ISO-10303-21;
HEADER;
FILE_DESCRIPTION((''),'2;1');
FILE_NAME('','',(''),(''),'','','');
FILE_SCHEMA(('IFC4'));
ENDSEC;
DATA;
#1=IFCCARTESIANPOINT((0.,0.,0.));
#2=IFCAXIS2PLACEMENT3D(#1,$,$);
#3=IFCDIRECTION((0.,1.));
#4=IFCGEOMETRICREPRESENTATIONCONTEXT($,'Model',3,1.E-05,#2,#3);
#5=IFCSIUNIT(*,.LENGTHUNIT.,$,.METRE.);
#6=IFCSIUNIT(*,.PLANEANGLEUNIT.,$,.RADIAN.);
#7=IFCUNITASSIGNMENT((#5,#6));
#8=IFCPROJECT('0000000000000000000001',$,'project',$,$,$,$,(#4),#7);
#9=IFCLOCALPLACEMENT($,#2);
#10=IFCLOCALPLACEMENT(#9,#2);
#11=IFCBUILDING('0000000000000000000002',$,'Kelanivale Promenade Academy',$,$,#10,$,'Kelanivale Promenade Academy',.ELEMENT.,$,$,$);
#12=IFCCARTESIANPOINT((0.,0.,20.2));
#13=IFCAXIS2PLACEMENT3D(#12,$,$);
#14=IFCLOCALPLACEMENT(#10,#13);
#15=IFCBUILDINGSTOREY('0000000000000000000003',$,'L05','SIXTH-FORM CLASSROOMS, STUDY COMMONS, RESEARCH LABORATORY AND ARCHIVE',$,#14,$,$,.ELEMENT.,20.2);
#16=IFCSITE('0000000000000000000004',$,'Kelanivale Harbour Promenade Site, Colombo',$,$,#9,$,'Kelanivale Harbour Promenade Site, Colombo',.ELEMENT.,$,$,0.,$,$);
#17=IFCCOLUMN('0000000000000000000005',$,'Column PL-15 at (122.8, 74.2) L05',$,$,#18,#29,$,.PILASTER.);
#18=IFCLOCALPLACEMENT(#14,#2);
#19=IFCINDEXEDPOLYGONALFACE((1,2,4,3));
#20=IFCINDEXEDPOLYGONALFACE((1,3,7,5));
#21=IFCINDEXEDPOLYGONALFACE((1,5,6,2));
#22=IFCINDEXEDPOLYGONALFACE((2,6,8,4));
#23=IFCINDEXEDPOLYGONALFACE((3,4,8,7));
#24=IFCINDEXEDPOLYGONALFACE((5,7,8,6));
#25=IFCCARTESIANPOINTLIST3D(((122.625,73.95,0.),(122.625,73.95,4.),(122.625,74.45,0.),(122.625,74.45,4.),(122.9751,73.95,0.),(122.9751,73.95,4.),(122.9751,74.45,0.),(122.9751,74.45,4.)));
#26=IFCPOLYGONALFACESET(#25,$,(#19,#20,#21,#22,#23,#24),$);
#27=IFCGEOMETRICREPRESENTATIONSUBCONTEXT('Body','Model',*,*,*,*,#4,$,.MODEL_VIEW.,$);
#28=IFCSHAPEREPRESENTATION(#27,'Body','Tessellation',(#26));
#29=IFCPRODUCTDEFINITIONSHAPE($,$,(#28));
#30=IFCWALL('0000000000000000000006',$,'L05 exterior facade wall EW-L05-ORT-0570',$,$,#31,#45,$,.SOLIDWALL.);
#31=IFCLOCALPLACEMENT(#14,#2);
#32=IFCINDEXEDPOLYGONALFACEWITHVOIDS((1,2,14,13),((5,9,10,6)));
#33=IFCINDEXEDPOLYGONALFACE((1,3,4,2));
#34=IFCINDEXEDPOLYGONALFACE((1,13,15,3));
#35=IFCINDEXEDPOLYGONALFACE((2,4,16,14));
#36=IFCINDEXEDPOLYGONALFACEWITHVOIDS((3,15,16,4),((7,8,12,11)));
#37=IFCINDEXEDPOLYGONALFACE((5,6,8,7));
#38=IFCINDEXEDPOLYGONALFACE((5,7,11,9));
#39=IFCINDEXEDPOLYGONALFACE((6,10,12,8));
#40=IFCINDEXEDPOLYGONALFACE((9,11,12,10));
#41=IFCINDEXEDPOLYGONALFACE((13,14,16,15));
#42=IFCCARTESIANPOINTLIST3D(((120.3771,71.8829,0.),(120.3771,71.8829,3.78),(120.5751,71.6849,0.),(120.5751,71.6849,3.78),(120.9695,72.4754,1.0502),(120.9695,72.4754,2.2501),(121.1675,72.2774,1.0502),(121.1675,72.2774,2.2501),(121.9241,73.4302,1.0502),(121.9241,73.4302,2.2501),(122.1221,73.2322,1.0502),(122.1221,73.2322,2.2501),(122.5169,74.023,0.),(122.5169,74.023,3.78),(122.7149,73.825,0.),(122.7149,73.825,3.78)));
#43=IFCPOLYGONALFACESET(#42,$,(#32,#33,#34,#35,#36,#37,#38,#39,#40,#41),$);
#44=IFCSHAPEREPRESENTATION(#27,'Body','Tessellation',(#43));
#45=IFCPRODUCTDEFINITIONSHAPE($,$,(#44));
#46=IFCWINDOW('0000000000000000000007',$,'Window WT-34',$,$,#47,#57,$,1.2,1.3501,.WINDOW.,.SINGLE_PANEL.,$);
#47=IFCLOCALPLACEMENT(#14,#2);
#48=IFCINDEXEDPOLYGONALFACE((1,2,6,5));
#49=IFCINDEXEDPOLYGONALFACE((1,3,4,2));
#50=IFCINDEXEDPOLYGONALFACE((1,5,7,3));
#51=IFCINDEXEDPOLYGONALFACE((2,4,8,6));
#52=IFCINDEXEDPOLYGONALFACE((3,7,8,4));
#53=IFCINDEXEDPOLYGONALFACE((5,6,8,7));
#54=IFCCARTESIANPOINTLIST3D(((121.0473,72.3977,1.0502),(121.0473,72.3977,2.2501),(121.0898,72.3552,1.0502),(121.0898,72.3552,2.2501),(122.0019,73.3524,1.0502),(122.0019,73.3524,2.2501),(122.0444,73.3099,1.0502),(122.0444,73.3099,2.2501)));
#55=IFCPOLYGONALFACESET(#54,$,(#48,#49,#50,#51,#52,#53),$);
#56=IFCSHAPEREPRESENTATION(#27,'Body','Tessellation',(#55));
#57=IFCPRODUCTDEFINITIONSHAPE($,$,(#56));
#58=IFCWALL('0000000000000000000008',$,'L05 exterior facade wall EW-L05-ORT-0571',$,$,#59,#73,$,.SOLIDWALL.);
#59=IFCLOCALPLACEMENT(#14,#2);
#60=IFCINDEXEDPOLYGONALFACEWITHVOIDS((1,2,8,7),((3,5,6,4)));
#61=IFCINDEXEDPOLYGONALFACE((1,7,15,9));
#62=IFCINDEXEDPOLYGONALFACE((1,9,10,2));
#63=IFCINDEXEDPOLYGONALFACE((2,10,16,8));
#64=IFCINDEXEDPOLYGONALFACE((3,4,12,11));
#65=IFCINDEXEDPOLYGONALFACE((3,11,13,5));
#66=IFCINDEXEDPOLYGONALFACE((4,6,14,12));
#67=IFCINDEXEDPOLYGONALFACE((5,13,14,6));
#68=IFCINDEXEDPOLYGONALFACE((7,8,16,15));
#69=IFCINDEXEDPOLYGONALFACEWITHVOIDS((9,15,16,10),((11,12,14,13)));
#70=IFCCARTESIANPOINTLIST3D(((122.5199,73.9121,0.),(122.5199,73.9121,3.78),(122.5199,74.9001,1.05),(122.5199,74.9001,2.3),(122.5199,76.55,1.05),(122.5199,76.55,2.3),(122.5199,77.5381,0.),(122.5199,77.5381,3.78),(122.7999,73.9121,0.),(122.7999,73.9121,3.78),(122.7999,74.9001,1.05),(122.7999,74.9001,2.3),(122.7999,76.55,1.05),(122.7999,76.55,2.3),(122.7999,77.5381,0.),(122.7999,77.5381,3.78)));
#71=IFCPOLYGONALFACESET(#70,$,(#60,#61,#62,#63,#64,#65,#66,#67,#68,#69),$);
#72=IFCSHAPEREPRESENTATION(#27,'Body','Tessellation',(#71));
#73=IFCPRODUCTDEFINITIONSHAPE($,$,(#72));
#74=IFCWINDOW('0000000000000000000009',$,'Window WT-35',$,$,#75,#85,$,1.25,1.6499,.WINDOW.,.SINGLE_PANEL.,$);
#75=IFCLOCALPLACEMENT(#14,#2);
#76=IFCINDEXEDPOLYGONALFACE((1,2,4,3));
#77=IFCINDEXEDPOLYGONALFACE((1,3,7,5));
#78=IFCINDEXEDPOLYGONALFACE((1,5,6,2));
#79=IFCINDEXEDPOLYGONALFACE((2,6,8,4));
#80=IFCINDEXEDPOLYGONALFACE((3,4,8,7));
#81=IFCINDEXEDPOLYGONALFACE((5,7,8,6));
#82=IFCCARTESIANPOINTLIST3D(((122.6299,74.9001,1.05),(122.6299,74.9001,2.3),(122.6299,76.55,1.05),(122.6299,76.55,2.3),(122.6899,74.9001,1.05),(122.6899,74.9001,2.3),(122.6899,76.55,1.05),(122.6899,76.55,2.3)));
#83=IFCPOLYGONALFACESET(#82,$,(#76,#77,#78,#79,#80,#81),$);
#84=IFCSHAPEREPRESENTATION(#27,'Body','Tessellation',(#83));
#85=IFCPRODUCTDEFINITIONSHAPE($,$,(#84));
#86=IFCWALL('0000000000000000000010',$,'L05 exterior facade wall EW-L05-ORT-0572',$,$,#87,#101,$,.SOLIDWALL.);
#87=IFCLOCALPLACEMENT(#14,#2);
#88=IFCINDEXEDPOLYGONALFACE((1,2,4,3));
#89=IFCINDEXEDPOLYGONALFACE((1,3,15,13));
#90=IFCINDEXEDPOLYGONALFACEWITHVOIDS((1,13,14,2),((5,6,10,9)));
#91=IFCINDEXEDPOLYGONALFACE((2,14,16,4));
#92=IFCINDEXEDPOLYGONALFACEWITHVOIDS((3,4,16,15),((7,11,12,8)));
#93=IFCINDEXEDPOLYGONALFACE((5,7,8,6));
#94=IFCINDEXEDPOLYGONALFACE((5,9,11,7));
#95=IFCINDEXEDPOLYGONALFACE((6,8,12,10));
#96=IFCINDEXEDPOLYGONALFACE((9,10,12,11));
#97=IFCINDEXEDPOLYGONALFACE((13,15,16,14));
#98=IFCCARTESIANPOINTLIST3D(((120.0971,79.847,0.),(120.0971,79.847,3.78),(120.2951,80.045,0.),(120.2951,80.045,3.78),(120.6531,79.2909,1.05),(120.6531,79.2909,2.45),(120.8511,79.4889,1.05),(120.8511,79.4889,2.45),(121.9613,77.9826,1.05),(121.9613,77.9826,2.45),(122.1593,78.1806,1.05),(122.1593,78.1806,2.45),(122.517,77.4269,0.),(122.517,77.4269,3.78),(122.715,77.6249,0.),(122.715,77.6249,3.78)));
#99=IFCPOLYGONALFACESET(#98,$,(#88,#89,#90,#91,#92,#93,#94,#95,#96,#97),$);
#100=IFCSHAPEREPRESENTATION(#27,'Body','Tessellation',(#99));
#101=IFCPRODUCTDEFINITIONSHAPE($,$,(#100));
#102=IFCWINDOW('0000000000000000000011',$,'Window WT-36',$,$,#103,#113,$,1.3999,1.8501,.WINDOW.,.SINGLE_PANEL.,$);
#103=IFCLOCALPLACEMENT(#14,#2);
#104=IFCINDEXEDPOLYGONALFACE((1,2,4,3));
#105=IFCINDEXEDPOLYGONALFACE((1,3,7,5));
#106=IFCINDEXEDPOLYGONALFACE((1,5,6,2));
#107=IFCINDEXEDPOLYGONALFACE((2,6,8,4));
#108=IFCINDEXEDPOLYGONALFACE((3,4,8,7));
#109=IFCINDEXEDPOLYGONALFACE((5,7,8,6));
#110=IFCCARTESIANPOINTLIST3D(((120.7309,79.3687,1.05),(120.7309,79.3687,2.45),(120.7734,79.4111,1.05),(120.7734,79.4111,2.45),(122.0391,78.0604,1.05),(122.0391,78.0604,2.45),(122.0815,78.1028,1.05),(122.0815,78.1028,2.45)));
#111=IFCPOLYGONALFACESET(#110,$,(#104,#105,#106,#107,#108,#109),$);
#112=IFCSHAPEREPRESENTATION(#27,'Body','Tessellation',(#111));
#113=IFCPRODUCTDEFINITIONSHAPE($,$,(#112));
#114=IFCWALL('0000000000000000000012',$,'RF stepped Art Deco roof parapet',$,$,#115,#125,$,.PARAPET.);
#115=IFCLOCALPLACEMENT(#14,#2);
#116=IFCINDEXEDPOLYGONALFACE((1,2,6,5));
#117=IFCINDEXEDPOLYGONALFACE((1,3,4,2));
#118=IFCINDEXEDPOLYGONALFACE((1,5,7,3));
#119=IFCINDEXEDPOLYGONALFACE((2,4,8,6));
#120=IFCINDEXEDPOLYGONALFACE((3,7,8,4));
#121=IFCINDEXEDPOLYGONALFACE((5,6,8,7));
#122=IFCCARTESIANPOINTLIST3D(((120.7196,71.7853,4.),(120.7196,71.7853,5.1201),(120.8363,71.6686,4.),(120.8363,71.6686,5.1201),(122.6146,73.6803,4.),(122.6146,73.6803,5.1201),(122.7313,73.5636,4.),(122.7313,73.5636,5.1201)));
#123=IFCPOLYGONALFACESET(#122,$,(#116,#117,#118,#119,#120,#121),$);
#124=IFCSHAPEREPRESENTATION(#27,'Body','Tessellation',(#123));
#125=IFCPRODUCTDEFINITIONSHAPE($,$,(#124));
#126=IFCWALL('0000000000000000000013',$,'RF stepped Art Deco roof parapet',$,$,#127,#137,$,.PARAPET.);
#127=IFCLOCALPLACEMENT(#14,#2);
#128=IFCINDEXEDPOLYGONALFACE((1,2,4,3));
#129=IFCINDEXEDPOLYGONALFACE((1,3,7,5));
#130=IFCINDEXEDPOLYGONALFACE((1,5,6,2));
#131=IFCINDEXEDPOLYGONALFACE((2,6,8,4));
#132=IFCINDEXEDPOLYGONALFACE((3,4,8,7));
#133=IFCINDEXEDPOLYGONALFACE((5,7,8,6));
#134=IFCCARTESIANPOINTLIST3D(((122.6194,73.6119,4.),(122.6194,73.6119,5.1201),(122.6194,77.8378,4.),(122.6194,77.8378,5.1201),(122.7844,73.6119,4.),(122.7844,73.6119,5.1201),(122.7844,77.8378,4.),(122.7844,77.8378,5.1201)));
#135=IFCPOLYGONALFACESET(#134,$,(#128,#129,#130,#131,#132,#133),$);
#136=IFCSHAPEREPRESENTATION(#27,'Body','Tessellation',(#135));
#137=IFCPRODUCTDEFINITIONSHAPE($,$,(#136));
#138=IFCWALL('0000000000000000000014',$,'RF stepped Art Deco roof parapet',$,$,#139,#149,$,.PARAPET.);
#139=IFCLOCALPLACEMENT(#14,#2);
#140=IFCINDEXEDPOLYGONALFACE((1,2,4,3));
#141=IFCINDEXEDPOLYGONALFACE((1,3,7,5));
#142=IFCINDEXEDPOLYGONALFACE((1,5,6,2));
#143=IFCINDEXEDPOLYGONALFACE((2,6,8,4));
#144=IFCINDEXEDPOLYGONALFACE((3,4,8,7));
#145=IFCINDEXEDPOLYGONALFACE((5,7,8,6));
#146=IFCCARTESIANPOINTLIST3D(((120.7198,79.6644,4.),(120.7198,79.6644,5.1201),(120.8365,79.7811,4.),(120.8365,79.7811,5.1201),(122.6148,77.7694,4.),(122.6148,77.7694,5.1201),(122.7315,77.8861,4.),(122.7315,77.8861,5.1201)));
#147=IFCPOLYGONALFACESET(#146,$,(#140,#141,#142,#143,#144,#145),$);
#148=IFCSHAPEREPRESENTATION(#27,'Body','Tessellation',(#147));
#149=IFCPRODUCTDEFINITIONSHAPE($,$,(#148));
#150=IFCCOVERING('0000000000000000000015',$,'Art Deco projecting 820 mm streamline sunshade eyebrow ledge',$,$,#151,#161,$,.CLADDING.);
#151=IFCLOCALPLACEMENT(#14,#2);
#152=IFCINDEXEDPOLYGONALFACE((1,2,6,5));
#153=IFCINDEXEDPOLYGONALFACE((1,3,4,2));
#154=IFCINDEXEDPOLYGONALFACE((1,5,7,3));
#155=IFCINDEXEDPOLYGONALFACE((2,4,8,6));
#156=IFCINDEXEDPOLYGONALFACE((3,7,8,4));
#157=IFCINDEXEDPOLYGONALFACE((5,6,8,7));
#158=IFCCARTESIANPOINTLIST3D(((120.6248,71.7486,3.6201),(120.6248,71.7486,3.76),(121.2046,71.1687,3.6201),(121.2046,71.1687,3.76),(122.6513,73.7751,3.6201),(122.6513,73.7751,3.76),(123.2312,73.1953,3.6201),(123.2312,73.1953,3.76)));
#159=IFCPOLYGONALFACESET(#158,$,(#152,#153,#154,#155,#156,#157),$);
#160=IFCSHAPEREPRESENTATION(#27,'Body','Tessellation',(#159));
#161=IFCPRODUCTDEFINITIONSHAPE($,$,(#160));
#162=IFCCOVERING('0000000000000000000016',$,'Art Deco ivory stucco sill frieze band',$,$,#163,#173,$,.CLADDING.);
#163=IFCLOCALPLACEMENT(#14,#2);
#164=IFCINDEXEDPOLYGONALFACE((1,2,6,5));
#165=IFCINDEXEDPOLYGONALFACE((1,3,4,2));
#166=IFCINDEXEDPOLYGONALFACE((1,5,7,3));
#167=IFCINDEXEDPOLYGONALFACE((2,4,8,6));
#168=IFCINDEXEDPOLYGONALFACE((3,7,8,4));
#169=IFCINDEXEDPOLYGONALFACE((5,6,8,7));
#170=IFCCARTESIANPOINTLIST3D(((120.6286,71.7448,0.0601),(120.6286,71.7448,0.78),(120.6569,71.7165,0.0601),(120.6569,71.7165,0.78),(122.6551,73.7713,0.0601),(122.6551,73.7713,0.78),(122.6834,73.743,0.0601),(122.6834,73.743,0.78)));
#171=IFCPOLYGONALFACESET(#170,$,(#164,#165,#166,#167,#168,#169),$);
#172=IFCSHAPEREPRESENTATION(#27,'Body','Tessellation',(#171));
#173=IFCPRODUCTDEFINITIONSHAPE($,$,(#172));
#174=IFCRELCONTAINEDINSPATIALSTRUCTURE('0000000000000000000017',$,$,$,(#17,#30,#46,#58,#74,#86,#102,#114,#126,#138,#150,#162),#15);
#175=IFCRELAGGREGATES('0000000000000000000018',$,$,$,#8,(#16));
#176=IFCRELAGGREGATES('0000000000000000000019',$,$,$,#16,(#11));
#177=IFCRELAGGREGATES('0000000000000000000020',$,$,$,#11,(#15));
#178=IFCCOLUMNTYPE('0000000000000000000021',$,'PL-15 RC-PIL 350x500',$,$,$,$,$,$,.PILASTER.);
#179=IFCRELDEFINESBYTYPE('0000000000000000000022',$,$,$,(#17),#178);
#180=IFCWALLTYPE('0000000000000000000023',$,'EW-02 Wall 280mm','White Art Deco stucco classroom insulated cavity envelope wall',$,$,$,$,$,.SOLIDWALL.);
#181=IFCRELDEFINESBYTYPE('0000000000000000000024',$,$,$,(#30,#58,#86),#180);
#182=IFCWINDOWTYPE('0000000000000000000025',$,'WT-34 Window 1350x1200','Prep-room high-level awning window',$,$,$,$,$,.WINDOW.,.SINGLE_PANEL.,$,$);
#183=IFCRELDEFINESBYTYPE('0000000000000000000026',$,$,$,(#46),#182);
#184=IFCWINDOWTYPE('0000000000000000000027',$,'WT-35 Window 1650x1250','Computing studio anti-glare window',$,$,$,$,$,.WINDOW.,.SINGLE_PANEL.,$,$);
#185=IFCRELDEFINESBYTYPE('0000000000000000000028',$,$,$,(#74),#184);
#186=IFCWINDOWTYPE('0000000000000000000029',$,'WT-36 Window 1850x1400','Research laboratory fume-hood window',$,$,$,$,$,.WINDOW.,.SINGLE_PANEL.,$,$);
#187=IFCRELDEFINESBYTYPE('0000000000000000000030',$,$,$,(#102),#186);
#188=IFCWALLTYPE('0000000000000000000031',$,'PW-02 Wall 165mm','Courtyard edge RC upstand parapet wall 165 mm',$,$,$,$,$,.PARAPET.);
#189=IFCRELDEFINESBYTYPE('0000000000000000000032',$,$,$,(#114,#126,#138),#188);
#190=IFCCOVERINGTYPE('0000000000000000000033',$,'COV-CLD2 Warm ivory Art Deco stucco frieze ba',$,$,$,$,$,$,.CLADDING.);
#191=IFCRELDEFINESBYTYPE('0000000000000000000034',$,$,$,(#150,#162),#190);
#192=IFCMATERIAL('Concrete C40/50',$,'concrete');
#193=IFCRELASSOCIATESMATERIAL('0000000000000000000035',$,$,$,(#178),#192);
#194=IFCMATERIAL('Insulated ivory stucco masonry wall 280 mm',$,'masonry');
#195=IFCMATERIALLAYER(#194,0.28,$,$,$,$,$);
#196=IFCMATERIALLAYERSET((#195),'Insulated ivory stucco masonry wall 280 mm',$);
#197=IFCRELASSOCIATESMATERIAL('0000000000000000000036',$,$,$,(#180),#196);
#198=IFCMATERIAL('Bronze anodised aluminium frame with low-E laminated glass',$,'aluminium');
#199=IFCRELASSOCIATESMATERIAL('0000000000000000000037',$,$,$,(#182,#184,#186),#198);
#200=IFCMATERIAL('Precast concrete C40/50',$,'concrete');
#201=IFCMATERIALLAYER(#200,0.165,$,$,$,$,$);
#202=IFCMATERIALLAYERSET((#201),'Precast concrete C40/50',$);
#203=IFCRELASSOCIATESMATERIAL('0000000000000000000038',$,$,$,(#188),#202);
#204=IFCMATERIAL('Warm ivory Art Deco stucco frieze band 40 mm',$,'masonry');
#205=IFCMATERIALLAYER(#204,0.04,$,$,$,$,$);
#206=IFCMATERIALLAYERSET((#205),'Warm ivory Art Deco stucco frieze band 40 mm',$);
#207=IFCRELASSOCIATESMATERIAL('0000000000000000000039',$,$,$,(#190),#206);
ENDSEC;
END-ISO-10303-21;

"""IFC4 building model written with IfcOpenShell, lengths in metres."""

from ifc_helpers import new_model, si_unit, direction, frame, frame_2d, origin, origin_2d, place, context, subcontext, project, spatial, rectangle, extrude, material, layer, layer_set, material_profile, profile_set, type_object, element, fill, save


model = new_model("IFC4")

# Units and contexts
model_context = context("Model", 3, precision=1e-05, world=origin(), true_north=direction((0.0, 1.0)))
body_context = subcontext(model_context, "Body", "Model", "MODEL_VIEW")
ifc_project = project(units=[si_unit("LENGTHUNIT", "METRE"), si_unit("PLANEANGLEUNIT", "RADIAN")], contexts=[model_context])

# Site, building, storey
site_placement = place(None, origin())
site = spatial("IfcSite", under=ifc_project, at=site_placement, Name="Kelanivale Harbour Promenade Site, Colombo", LongName="Kelanivale Harbour Promenade Site, Colombo", CompositionType="ELEMENT", RefElevation=0.0)
building_placement = place(site_placement, origin())
building = spatial("IfcBuilding", under=site, at=building_placement, Name="Kelanivale Promenade Academy", LongName="Kelanivale Promenade Academy", CompositionType="ELEMENT")
storey_placement = place(building_placement, frame((0.0, 0.0, 20.2)))
storey = spatial("IfcBuildingStorey", under=building, at=storey_placement, Name="L05", Description="SIXTH-FORM CLASSROOMS, STUDY COMMONS, RESEARCH LABORATORY AND ARCHIVE", CompositionType="ELEMENT", Elevation=20.2)

# Column
ifc_material_1 = material(Name="Concrete C40/50", Category="concrete")
ifc_material_profile = material_profile(ifc_material_1, rectangle(XDim=0.3501, YDim=0.5, at=origin_2d()), Name="RC-PIL 350x500")
ifc_profile_set = profile_set([ifc_material_profile], Name="Concrete C40/50")
column_type = type_object("IfcColumnType", Name="PL-15 RC-PIL 350x500", PredefinedType="PILASTER", material=ifc_profile_set)
column_placement = place(storey_placement, frame((122.8, 74.2, 0.0), z_axis=(0.0, 0.0, 1.0), x_axis=(1.0, 0.0, 0.0)))
element("IfcColumn", 1, at=column_placement, inside=storey, type_object=column_type, Name="Column PL-15 at (122.8, 74.2) L05", PredefinedType="PILASTER", context=body_context, shape_type="SweptSolid", body=[
    extrude(rectangle(XDim=0.3501, YDim=0.5, at=origin_2d()), origin(), (0.0, 0.0, 1.0), 4.0),
])

# Walls, openings, windows
ifc_material_2 = material(Name="Insulated ivory stucco masonry wall 280 mm", Category="masonry")
ifc_layer_1 = layer(ifc_material_2, 0.28)
ifc_layer_set_1 = layer_set([ifc_layer_1], Name="Insulated ivory stucco masonry wall 280 mm")
wall_type_1 = type_object("IfcWallType", Name="EW-02 Wall 280mm", Description="White Art Deco stucco classroom insulated cavity envelope wall", PredefinedType="SOLIDWALL", material=ifc_layer_set_1)
wall_1_placement = place(storey_placement, frame((120.4761, 71.7839, 0.0), z_axis=(0.0, 0.0, 1.0), x_axis=(0.707066, 0.707147, 0.0)))
wall_1 = element("IfcWall", 2, at=wall_1_placement, inside=storey, type_object=wall_type_1, Name="L05 exterior facade wall EW-L05-ORT-0570", PredefinedType="SOLIDWALL", context=body_context, shape_type="SweptSolid", body=[
    extrude(rectangle(XDim=3.0264, YDim=0.28, at=frame_2d((1.5132, 0.0))), origin(), (0.0, 0.0, 1.0), 3.78),
])
opening_1_placement = place(wall_1_placement, frame((0.8379, 0.0, 1.05)))
opening_1 = element("IfcOpeningElement", 3, at=opening_1_placement, cuts=wall_1, PredefinedType="OPENING", context=body_context, shape_type="SweptSolid", body=[
    extrude(rectangle(XDim=1.3501, YDim=1.2, at=frame_2d((0.675, 0.6001))), frame((0.0, 0.1499, 0.0), z_axis=(0.0, -1.0, 0.0), x_axis=(1.0, 0.0, 0.0)), (0.0, 0.0, 1.0), 0.3),
])
ifc_material_3 = material(Name="Bronze anodised aluminium frame with low-E laminated glass", Category="aluminium")
window_type_1 = type_object("IfcWindowType", Name="WT-34 Window 1350x1200", Description="Prep-room high-level awning window", PartitioningType="SINGLE_PANEL", PredefinedType="WINDOW", material=ifc_material_3)
window_1_placement = place(opening_1_placement, origin())
window_1 = element("IfcWindow", 4, at=window_1_placement, inside=storey, type_object=window_type_1, Name="Window WT-34", OverallHeight=1.2, OverallWidth=1.3501, PartitioningType="SINGLE_PANEL", PredefinedType="WINDOW", context=body_context, shape_type="SweptSolid", body=[
    extrude(rectangle(XDim=1.3501, YDim=1.2, at=frame_2d((0.675, 0.6001))), frame((0.0, 0.03, 0.0), z_axis=(0.0, -1.0, 0.0), x_axis=(1.0, 0.0, 0.0)), (0.0, 0.0, 1.0), 0.0601),
])
fill(opening_1, window_1)
wall_2_placement = place(storey_placement, frame((122.6599, 73.9121, 0.0), z_axis=(0.0, 0.0, 1.0), x_axis=(0.0, 1.0, 0.0)))
wall_2 = element("IfcWall", 5, at=wall_2_placement, inside=storey, type_object=wall_type_1, Name="L05 exterior facade wall EW-L05-ORT-0571", PredefinedType="SOLIDWALL", context=body_context, shape_type="SweptSolid", body=[
    extrude(rectangle(XDim=3.626, YDim=0.28, at=frame_2d((1.813, 0.0))), origin(), (0.0, 0.0, 1.0), 3.78),
])
opening_2_placement = place(wall_2_placement, frame((0.988, 0.0, 1.05)))
opening_2 = element("IfcOpeningElement", 6, at=opening_2_placement, cuts=wall_2, PredefinedType="OPENING", context=body_context, shape_type="SweptSolid", body=[
    extrude(rectangle(XDim=1.6499, YDim=1.25, at=frame_2d((0.825, 0.625))), frame((0.0, 0.1499, 0.0), z_axis=(0.0, -1.0, 0.0), x_axis=(1.0, 0.0, 0.0)), (0.0, 0.0, 1.0), 0.3),
])
window_type_2 = type_object("IfcWindowType", Name="WT-35 Window 1650x1250", Description="Computing studio anti-glare window", PartitioningType="SINGLE_PANEL", PredefinedType="WINDOW", material=ifc_material_3)
window_2_placement = place(opening_2_placement, origin())
window_2 = element("IfcWindow", 7, at=window_2_placement, inside=storey, type_object=window_type_2, Name="Window WT-35", OverallHeight=1.25, OverallWidth=1.6499, PartitioningType="SINGLE_PANEL", PredefinedType="WINDOW", context=body_context, shape_type="SweptSolid", body=[
    extrude(rectangle(XDim=1.6499, YDim=1.25, at=frame_2d((0.825, 0.625))), frame((0.0, 0.03, 0.0), z_axis=(0.0, -1.0, 0.0), x_axis=(1.0, 0.0, 0.0)), (0.0, 0.0, 1.0), 0.0601),
])
fill(opening_2, window_2)
wall_3_placement = place(storey_placement, frame((122.616, 77.5259, 0.0), z_axis=(0.0, 0.0, 1.0), x_axis=(-0.707071, 0.707142, 0.0)))
wall_3 = element("IfcWall", 8, at=wall_3_placement, inside=storey, type_object=wall_type_1, Name="L05 exterior facade wall EW-L05-ORT-0572", PredefinedType="SOLIDWALL", context=body_context, shape_type="SweptSolid", body=[
    extrude(rectangle(XDim=3.4224, YDim=0.28, at=frame_2d((1.7112, 0.0))), origin(), (0.0, 0.0, 1.0), 3.78),
])
opening_3_placement = place(wall_3_placement, frame((0.7859, 0.0, 1.05)))
opening_3 = element("IfcOpeningElement", 9, at=opening_3_placement, cuts=wall_3, PredefinedType="OPENING", context=body_context, shape_type="SweptSolid", body=[
    extrude(rectangle(XDim=1.8501, YDim=1.3999, at=frame_2d((0.925, 0.7))), frame((0.0, 0.1499, 0.0), z_axis=(0.0, -1.0, 0.0), x_axis=(1.0, 0.0, 0.0)), (0.0, 0.0, 1.0), 0.3),
])
window_type_3 = type_object("IfcWindowType", Name="WT-36 Window 1850x1400", Description="Research laboratory fume-hood window", PartitioningType="SINGLE_PANEL", PredefinedType="WINDOW", material=ifc_material_3)
window_3_placement = place(opening_3_placement, origin())
window_3 = element("IfcWindow", 10, at=window_3_placement, inside=storey, type_object=window_type_3, Name="Window WT-36", OverallHeight=1.3999, OverallWidth=1.8501, PartitioningType="SINGLE_PANEL", PredefinedType="WINDOW", context=body_context, shape_type="SweptSolid", body=[
    extrude(rectangle(XDim=1.8501, YDim=1.3999, at=frame_2d((0.925, 0.7))), frame((0.0, 0.03, 0.0), z_axis=(0.0, -1.0, 0.0), x_axis=(1.0, 0.0, 0.0)), (0.0, 0.0, 1.0), 0.0601),
])
fill(opening_3, window_3)

# Walls
ifc_material_4 = material(Name="Precast concrete C40/50", Category="concrete")
ifc_layer_2 = layer(ifc_material_4, 0.165)
ifc_layer_set_2 = layer_set([ifc_layer_2], Name="Precast concrete C40/50")
wall_type_2 = type_object("IfcWallType", Name="PW-02 Wall 165mm", Description="Courtyard edge RC upstand parapet wall 165 mm", PredefinedType="PARAPET", material=ifc_layer_set_2)
wall_4_placement = place(storey_placement, frame((120.7781, 71.7271, 4.0), z_axis=(0.0, 0.0, 1.0), x_axis=(0.707107, 0.707107, 0.0)))
element("IfcWall", 11, at=wall_4_placement, inside=storey, type_object=wall_type_2, Name="RF stepped Art Deco roof parapet", PredefinedType="PARAPET", context=body_context, shape_type="SweptSolid", body=[
    extrude(rectangle(XDim=2.6799, YDim=0.165, at=frame_2d((1.3398, 0.0))), origin(), (0.0, 0.0, 1.0), 1.1201),
])
wall_5_placement = place(storey_placement, frame((122.7019, 73.6121, 4.0), z_axis=(0.0, 0.0, 1.0), x_axis=(0.0, 1.0, 0.0)))
element("IfcWall", 12, at=wall_5_placement, inside=storey, type_object=wall_type_2, Name="RF stepped Art Deco roof parapet", PredefinedType="PARAPET", context=body_context, shape_type="SweptSolid", body=[
    extrude(rectangle(XDim=4.2258, YDim=0.165, at=frame_2d((2.1128, 0.0))), origin(), (0.0, 0.0, 1.0), 1.1201),
])
wall_6_placement = place(storey_placement, frame((122.6731, 77.8279, 4.0), z_axis=(0.0, 0.0, 1.0), x_axis=(-0.707107, 0.707107, 0.0)))
element("IfcWall", 13, at=wall_6_placement, inside=storey, type_object=wall_type_2, Name="RF stepped Art Deco roof parapet", PredefinedType="PARAPET", context=body_context, shape_type="SweptSolid", body=[
    extrude(rectangle(XDim=2.6799, YDim=0.165, at=frame_2d((1.3398, 0.0))), origin(), (0.0, 0.0, 1.0), 1.1201),
])

# Coverings
ifc_material_5 = material(Name="Warm ivory Art Deco stucco frieze band 40 mm", Category="masonry")
ifc_layer_3 = layer(ifc_material_5, 0.04)
ifc_layer_set_3 = layer_set([ifc_layer_3], Name="Warm ivory Art Deco stucco frieze band 40 mm")
covering_type = type_object("IfcCoveringType", Name="COV-CLD2 Warm ivory Art Deco stucco frieze ba", PredefinedType="CLADDING", material=ifc_layer_set_3)
covering_1_placement = place(storey_placement, frame((121.928, 72.4719, 3.6201), z_axis=(0.0, 0.0, 1.0), x_axis=(0.707107, 0.707107, 0.0)))
element("IfcCovering", 14, at=covering_1_placement, inside=storey, type_object=covering_type, Name="Art Deco projecting 820 mm streamline sunshade eyebrow ledge", PredefinedType="CLADDING", context=body_context, shape_type="SweptSolid", body=[
    extrude(rectangle(XDim=2.866, YDim=0.8201, at=origin_2d()), origin(), (0.0, 0.0, 1.0), 0.1399),
])
covering_2_placement = place(storey_placement, frame((121.656, 72.7439, 0.0601), z_axis=(0.0, 0.0, 1.0), x_axis=(0.707107, 0.707107, 0.0)))
element("IfcCovering", 15, at=covering_2_placement, inside=storey, type_object=covering_type, Name="Art Deco ivory stucco sill frieze band", PredefinedType="CLADDING", context=body_context, shape_type="SweptSolid", body=[
    extrude(rectangle(XDim=2.866, YDim=0.04, at=origin_2d()), origin(), (0.0, 0.0, 1.0), 0.72),
])

save(model, "model.ifc")
